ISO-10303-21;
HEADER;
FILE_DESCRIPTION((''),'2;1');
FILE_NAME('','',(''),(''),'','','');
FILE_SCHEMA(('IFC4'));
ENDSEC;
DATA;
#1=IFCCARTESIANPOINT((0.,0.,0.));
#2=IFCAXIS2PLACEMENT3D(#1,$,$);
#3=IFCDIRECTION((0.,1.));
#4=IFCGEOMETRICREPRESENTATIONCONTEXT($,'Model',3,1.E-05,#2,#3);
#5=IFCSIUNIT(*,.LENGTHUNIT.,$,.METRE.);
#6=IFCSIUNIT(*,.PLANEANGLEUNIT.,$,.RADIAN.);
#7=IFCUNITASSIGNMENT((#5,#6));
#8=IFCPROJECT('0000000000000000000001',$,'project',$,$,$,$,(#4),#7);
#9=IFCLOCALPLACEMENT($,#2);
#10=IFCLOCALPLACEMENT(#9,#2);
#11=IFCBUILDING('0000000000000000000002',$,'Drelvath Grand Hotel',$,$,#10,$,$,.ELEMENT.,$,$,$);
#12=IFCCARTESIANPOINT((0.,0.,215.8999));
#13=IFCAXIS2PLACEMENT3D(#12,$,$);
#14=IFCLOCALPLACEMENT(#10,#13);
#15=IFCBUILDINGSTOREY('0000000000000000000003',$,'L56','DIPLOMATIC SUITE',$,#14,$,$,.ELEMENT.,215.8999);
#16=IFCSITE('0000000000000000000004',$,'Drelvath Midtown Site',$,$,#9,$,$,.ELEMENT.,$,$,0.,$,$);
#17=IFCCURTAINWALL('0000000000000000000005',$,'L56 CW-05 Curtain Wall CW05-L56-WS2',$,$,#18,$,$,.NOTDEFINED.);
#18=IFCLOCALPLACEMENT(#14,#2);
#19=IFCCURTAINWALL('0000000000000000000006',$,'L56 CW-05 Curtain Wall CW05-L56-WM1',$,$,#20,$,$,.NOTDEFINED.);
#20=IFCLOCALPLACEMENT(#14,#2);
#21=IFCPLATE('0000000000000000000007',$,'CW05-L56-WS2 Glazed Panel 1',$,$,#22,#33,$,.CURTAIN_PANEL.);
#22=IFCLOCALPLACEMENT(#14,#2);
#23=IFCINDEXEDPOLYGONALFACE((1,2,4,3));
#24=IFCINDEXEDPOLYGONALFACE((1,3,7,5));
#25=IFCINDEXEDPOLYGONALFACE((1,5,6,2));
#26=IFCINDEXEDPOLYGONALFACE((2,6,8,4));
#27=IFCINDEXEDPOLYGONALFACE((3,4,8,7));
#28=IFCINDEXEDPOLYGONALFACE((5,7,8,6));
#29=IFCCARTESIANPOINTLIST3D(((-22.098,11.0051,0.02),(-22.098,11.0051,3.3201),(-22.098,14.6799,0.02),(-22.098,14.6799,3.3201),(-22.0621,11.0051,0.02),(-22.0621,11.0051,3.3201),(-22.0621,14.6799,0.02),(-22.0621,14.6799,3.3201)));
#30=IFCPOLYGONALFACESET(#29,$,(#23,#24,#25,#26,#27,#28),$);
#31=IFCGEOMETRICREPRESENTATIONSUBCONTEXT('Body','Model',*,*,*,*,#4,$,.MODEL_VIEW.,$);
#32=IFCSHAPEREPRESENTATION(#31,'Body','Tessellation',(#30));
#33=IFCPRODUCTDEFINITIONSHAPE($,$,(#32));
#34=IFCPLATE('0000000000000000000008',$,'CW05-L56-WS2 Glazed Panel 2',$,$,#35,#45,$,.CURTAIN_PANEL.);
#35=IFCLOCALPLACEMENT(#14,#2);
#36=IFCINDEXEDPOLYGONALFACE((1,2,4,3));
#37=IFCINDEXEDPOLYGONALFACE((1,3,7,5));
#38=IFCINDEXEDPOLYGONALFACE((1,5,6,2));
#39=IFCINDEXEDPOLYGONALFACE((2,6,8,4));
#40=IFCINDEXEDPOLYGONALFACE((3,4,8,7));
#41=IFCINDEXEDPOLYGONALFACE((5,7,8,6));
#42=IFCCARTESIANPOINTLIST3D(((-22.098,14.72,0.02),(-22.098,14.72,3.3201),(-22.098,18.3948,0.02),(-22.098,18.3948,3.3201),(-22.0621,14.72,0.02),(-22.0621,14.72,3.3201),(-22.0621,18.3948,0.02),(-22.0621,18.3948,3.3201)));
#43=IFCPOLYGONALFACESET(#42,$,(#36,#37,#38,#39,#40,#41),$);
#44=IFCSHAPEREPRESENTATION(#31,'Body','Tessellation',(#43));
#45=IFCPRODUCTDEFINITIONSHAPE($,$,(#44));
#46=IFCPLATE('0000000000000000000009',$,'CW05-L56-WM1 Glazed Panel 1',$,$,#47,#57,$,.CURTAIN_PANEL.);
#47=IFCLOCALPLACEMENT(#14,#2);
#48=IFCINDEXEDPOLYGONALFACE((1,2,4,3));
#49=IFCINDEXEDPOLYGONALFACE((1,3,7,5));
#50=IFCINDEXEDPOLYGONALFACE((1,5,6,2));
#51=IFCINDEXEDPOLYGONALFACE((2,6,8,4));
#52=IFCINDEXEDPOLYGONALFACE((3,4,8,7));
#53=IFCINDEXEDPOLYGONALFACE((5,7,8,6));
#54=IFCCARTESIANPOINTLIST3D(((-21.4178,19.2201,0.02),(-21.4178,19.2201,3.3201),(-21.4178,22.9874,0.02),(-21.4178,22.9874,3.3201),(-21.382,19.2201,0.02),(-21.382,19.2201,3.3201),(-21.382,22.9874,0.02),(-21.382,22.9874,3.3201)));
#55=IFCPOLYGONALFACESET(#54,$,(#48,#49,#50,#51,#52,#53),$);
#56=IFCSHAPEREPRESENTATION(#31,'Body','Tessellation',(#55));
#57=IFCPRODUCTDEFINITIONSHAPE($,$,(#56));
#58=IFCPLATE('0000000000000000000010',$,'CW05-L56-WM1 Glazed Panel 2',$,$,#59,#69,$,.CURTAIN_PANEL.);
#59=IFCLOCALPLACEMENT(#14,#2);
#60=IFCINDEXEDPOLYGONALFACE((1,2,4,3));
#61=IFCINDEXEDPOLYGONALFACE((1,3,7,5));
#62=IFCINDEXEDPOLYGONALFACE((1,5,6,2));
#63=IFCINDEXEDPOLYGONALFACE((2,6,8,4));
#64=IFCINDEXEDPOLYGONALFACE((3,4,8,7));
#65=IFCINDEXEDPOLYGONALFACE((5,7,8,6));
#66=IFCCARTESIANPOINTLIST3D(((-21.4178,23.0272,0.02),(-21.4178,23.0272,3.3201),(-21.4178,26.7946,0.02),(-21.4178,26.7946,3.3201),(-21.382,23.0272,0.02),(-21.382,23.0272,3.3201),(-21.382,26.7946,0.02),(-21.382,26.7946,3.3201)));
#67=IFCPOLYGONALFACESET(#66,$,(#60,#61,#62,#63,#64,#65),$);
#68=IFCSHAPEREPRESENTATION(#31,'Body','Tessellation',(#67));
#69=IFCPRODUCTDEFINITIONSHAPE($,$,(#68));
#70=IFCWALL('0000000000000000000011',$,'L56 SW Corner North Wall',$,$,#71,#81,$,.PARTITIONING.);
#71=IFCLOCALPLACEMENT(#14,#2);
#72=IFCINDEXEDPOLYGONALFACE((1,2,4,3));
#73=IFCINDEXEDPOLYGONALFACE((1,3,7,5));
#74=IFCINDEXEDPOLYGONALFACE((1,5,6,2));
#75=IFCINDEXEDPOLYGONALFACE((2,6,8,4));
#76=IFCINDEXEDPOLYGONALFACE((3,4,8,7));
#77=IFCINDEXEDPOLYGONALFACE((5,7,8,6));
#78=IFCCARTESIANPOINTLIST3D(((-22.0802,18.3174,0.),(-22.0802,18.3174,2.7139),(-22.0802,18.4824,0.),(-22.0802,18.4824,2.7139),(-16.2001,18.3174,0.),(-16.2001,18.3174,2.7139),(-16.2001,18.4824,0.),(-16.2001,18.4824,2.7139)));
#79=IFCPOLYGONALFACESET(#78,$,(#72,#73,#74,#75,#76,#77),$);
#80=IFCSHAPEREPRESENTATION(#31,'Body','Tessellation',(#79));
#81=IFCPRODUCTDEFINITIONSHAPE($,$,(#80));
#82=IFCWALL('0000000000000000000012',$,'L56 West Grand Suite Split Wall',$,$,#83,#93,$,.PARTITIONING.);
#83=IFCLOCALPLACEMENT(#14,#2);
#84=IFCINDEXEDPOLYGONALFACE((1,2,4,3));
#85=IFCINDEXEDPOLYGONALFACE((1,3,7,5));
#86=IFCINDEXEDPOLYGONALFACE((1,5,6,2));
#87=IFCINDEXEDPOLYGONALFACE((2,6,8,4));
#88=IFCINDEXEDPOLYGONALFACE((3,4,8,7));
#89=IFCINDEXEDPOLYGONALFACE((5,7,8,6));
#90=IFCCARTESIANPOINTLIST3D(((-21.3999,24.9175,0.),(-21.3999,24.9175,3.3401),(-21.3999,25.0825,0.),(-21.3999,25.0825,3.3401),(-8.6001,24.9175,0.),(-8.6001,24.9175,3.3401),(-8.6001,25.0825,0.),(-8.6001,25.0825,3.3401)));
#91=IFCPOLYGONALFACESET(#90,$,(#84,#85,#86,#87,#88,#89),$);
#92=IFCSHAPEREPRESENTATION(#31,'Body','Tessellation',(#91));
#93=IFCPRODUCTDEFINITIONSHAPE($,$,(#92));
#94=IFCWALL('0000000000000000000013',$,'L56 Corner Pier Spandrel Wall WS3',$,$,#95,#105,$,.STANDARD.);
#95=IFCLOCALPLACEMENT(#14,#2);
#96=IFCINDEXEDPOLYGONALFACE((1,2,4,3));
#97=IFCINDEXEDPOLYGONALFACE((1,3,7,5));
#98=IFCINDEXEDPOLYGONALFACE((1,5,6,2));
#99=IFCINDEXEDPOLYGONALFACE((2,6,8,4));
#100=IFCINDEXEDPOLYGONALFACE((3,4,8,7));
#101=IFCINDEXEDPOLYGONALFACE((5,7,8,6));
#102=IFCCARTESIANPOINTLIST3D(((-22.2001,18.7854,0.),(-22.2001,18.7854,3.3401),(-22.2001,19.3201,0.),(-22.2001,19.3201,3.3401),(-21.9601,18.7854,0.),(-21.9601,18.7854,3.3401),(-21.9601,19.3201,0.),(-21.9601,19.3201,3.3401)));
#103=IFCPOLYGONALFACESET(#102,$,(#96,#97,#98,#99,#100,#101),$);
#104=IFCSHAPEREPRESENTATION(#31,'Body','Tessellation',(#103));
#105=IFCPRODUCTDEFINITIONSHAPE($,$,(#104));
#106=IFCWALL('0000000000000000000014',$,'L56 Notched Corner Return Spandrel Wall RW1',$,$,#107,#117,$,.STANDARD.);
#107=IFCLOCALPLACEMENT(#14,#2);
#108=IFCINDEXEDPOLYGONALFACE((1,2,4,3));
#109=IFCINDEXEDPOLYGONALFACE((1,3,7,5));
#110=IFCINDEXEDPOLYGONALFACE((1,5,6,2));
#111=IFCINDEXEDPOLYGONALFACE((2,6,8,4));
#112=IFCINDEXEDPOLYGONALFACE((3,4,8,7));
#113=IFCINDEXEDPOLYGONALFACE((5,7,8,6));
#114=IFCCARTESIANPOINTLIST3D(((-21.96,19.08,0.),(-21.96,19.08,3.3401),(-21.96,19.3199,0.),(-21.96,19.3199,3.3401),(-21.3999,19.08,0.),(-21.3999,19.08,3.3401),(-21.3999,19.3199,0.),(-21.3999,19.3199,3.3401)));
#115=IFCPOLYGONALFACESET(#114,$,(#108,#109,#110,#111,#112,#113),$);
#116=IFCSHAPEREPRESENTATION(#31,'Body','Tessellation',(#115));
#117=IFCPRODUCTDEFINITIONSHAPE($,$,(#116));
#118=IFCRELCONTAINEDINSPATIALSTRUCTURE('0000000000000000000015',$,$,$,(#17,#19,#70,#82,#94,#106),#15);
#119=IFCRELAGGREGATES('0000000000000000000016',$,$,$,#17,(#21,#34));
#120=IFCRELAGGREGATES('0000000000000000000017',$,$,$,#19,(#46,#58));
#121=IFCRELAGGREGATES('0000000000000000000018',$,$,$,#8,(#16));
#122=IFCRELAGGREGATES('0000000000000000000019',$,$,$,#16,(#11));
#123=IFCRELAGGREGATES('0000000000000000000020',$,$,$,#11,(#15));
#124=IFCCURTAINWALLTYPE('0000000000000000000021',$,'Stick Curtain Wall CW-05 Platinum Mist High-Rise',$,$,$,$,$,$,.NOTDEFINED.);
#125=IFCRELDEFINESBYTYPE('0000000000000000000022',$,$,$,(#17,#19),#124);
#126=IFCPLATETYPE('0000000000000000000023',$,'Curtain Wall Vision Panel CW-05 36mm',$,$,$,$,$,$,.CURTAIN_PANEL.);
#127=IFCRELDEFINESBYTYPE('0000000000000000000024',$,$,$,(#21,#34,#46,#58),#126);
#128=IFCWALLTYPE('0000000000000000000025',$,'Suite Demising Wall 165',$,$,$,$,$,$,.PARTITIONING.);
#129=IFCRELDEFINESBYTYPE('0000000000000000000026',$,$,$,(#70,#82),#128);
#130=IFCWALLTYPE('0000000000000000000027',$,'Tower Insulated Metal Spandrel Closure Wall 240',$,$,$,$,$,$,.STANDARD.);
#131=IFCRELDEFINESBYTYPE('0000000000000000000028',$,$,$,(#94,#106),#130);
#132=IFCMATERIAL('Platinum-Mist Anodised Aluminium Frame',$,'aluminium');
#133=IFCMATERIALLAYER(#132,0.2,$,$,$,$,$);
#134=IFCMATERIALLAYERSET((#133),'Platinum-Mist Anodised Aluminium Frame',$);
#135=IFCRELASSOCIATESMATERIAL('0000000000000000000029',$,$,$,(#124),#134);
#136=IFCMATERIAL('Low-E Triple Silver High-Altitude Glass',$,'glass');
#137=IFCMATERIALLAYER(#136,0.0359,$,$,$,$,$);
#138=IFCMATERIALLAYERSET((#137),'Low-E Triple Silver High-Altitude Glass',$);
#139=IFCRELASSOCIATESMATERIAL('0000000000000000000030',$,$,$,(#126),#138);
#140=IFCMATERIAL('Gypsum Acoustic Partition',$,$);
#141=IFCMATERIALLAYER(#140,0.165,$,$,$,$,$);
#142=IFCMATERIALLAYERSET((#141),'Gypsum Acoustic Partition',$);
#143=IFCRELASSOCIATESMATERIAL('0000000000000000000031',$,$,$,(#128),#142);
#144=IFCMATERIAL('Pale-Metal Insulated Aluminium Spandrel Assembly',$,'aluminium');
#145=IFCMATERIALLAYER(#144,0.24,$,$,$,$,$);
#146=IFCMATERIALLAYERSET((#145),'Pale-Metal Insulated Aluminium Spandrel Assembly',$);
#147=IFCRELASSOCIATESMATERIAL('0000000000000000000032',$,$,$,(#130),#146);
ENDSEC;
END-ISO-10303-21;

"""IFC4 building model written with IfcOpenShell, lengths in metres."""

from ifc_helpers import new_model, si_unit, direction, frame, frame_2d, origin, origin_2d, place, context, subcontext, project, spatial, rectangle, extrude, material, layer, layer_set, type_object, element, aggregate, save


model = new_model("IFC4")

# Units and contexts
model_context = context("Model", 3, precision=1e-05, world=origin(), true_north=direction((0.0, 1.0)))
body_context = subcontext(model_context, "Body", "Model", "MODEL_VIEW")
ifc_project = project(units=[si_unit("LENGTHUNIT", "METRE"), si_unit("PLANEANGLEUNIT", "RADIAN")], contexts=[model_context])

# Site, building, storey
site_placement = place(None, origin())
site = spatial("IfcSite", under=ifc_project, at=site_placement, Name="Drelvath Midtown Site", CompositionType="ELEMENT", RefElevation=0.0)
building_placement = place(site_placement, origin())
building = spatial("IfcBuilding", under=site, at=building_placement, Name="Drelvath Grand Hotel", CompositionType="ELEMENT")
storey_placement = place(building_placement, frame((0.0, 0.0, 215.8999)))
storey = spatial("IfcBuildingStorey", under=building, at=storey_placement, Name="L56", Description="DIPLOMATIC SUITE", CompositionType="ELEMENT", Elevation=215.8999)

# Curtain walls
ifc_material_1 = material(Name="Platinum-Mist Anodised Aluminium Frame", Category="aluminium")
ifc_layer_1 = layer(ifc_material_1, 0.2)
ifc_layer_set_1 = layer_set([ifc_layer_1], Name="Platinum-Mist Anodised Aluminium Frame")
curtain_wall_type = type_object("IfcCurtainWallType", Name="Stick Curtain Wall CW-05 Platinum Mist High-Rise", PredefinedType="NOTDEFINED", material=ifc_layer_set_1)
curtain_wall_1_placement = place(storey_placement, origin())
curtain_wall_1 = element("IfcCurtainWall", 1, at=curtain_wall_1_placement, inside=storey, type_object=curtain_wall_type, Name="L56 CW-05 Curtain Wall CW05-L56-WS2", PredefinedType="NOTDEFINED")
curtain_wall_2_placement = place(storey_placement, origin())
curtain_wall_2 = element("IfcCurtainWall", 2, at=curtain_wall_2_placement, inside=storey, type_object=curtain_wall_type, Name="L56 CW-05 Curtain Wall CW05-L56-WM1", PredefinedType="NOTDEFINED")

# Plates
ifc_material_2 = material(Name="Low-E Triple Silver High-Altitude Glass", Category="glass")
ifc_layer_2 = layer(ifc_material_2, 0.0359)
ifc_layer_set_2 = layer_set([ifc_layer_2], Name="Low-E Triple Silver High-Altitude Glass")
plate_type = type_object("IfcPlateType", Name="Curtain Wall Vision Panel CW-05 36mm", PredefinedType="CURTAIN_PANEL", material=ifc_layer_set_2)
plate_1_placement = place(storey_placement, frame((-22.0801, 12.8425, 0.02), z_axis=(0.0, 0.0, 1.0), x_axis=(0.0, 1.0, 0.0)))
plate_1 = element("IfcPlate", 3, at=plate_1_placement, type_object=plate_type, Name="CW05-L56-WS2 Glazed Panel 1", PredefinedType="CURTAIN_PANEL", context=body_context, shape_type="SweptSolid", body=[
    extrude(rectangle(XDim=3.6748, YDim=0.0359, at=origin_2d()), origin(), (0.0, 0.0, 1.0), 3.3),
])
plate_2_placement = place(storey_placement, frame((-22.0801, 16.5574, 0.02), z_axis=(0.0, 0.0, 1.0), x_axis=(0.0, 1.0, 0.0)))
plate_2 = element("IfcPlate", 4, at=plate_2_placement, type_object=plate_type, Name="CW05-L56-WS2 Glazed Panel 2", PredefinedType="CURTAIN_PANEL", context=body_context, shape_type="SweptSolid", body=[
    extrude(rectangle(XDim=3.6748, YDim=0.0359, at=origin_2d()), origin(), (0.0, 0.0, 1.0), 3.3),
])
aggregate(curtain_wall_1, [plate_1, plate_2])
plate_3_placement = place(storey_placement, frame((-21.3999, 21.1038, 0.02), z_axis=(0.0, 0.0, 1.0), x_axis=(0.0, 1.0, 0.0)))
plate_3 = element("IfcPlate", 5, at=plate_3_placement, type_object=plate_type, Name="CW05-L56-WM1 Glazed Panel 1", PredefinedType="CURTAIN_PANEL", context=body_context, shape_type="SweptSolid", body=[
    extrude(rectangle(XDim=3.7673, YDim=0.0359, at=origin_2d()), origin(), (0.0, 0.0, 1.0), 3.3),
])
plate_4_placement = place(storey_placement, frame((-21.3999, 24.9109, 0.02), z_axis=(0.0, 0.0, 1.0), x_axis=(0.0, 1.0, 0.0)))
plate_4 = element("IfcPlate", 6, at=plate_4_placement, type_object=plate_type, Name="CW05-L56-WM1 Glazed Panel 2", PredefinedType="CURTAIN_PANEL", context=body_context, shape_type="SweptSolid", body=[
    extrude(rectangle(XDim=3.7673, YDim=0.0359, at=origin_2d()), origin(), (0.0, 0.0, 1.0), 3.3),
])
aggregate(curtain_wall_2, [plate_3, plate_4])

# Walls
ifc_material_3 = material(Name="Gypsum Acoustic Partition")
ifc_layer_3 = layer(ifc_material_3, 0.165)
ifc_layer_set_3 = layer_set([ifc_layer_3], Name="Gypsum Acoustic Partition")
wall_type_1 = type_object("IfcWallType", Name="Suite Demising Wall 165", PredefinedType="PARTITIONING", material=ifc_layer_set_3)
wall_1_placement = place(storey_placement, frame((-22.0801, 18.3999, 0.0), z_axis=(0.0, 0.0, 1.0), x_axis=(1.0, 0.0, 0.0)))
element("IfcWall", 7, at=wall_1_placement, inside=storey, type_object=wall_type_1, Name="L56 SW Corner North Wall", PredefinedType="PARTITIONING", context=body_context, shape_type="SweptSolid", body=[
    extrude(rectangle(XDim=5.8801, YDim=0.165, at=frame_2d((2.9399, 0.0))), origin(), (0.0, 0.0, 1.0), 2.7139),
])
wall_2_placement = place(storey_placement, frame((-21.3999, 25.0, 0.0), z_axis=(0.0, 0.0, 1.0), x_axis=(1.0, 0.0, 0.0)))
element("IfcWall", 8, at=wall_2_placement, inside=storey, type_object=wall_type_1, Name="L56 West Grand Suite Split Wall", PredefinedType="PARTITIONING", context=body_context, shape_type="SweptSolid", body=[
    extrude(rectangle(XDim=12.7998, YDim=0.165, at=frame_2d((6.3999, 0.0))), origin(), (0.0, 0.0, 1.0), 3.3401),
])
ifc_material_4 = material(Name="Pale-Metal Insulated Aluminium Spandrel Assembly", Category="aluminium")
ifc_layer_4 = layer(ifc_material_4, 0.24)
ifc_layer_set_4 = layer_set([ifc_layer_4], Name="Pale-Metal Insulated Aluminium Spandrel Assembly")
wall_type_2 = type_object("IfcWallType", Name="Tower Insulated Metal Spandrel Closure Wall 240", PredefinedType="STANDARD", material=ifc_layer_set_4)
wall_3_placement = place(storey_placement, frame((-22.0801, 18.7854, 0.0), z_axis=(0.0, 0.0, 1.0), x_axis=(0.0, 1.0, 0.0)))
element("IfcWall", 9, at=wall_3_placement, inside=storey, type_object=wall_type_2, Name="L56 Corner Pier Spandrel Wall WS3", PredefinedType="STANDARD", context=body_context, shape_type="SweptSolid", body=[
    extrude(rectangle(XDim=0.5347, YDim=0.24, at=frame_2d((0.2673, 0.0))), origin(), (0.0, 0.0, 1.0), 3.3401),
])
wall_4_placement = place(storey_placement, frame((-21.96, 19.2, 0.0), z_axis=(0.0, 0.0, 1.0), x_axis=(1.0, 0.0, 0.0)))
element("IfcWall", 10, at=wall_4_placement, inside=storey, type_object=wall_type_2, Name="L56 Notched Corner Return Spandrel Wall RW1", PredefinedType="STANDARD", context=body_context, shape_type="SweptSolid", body=[
    extrude(rectangle(XDim=0.5601, YDim=0.24, at=frame_2d((0.28, 0.0))), origin(), (0.0, 0.0, 1.0), 3.3401),
])

save(model, "model.ifc")
